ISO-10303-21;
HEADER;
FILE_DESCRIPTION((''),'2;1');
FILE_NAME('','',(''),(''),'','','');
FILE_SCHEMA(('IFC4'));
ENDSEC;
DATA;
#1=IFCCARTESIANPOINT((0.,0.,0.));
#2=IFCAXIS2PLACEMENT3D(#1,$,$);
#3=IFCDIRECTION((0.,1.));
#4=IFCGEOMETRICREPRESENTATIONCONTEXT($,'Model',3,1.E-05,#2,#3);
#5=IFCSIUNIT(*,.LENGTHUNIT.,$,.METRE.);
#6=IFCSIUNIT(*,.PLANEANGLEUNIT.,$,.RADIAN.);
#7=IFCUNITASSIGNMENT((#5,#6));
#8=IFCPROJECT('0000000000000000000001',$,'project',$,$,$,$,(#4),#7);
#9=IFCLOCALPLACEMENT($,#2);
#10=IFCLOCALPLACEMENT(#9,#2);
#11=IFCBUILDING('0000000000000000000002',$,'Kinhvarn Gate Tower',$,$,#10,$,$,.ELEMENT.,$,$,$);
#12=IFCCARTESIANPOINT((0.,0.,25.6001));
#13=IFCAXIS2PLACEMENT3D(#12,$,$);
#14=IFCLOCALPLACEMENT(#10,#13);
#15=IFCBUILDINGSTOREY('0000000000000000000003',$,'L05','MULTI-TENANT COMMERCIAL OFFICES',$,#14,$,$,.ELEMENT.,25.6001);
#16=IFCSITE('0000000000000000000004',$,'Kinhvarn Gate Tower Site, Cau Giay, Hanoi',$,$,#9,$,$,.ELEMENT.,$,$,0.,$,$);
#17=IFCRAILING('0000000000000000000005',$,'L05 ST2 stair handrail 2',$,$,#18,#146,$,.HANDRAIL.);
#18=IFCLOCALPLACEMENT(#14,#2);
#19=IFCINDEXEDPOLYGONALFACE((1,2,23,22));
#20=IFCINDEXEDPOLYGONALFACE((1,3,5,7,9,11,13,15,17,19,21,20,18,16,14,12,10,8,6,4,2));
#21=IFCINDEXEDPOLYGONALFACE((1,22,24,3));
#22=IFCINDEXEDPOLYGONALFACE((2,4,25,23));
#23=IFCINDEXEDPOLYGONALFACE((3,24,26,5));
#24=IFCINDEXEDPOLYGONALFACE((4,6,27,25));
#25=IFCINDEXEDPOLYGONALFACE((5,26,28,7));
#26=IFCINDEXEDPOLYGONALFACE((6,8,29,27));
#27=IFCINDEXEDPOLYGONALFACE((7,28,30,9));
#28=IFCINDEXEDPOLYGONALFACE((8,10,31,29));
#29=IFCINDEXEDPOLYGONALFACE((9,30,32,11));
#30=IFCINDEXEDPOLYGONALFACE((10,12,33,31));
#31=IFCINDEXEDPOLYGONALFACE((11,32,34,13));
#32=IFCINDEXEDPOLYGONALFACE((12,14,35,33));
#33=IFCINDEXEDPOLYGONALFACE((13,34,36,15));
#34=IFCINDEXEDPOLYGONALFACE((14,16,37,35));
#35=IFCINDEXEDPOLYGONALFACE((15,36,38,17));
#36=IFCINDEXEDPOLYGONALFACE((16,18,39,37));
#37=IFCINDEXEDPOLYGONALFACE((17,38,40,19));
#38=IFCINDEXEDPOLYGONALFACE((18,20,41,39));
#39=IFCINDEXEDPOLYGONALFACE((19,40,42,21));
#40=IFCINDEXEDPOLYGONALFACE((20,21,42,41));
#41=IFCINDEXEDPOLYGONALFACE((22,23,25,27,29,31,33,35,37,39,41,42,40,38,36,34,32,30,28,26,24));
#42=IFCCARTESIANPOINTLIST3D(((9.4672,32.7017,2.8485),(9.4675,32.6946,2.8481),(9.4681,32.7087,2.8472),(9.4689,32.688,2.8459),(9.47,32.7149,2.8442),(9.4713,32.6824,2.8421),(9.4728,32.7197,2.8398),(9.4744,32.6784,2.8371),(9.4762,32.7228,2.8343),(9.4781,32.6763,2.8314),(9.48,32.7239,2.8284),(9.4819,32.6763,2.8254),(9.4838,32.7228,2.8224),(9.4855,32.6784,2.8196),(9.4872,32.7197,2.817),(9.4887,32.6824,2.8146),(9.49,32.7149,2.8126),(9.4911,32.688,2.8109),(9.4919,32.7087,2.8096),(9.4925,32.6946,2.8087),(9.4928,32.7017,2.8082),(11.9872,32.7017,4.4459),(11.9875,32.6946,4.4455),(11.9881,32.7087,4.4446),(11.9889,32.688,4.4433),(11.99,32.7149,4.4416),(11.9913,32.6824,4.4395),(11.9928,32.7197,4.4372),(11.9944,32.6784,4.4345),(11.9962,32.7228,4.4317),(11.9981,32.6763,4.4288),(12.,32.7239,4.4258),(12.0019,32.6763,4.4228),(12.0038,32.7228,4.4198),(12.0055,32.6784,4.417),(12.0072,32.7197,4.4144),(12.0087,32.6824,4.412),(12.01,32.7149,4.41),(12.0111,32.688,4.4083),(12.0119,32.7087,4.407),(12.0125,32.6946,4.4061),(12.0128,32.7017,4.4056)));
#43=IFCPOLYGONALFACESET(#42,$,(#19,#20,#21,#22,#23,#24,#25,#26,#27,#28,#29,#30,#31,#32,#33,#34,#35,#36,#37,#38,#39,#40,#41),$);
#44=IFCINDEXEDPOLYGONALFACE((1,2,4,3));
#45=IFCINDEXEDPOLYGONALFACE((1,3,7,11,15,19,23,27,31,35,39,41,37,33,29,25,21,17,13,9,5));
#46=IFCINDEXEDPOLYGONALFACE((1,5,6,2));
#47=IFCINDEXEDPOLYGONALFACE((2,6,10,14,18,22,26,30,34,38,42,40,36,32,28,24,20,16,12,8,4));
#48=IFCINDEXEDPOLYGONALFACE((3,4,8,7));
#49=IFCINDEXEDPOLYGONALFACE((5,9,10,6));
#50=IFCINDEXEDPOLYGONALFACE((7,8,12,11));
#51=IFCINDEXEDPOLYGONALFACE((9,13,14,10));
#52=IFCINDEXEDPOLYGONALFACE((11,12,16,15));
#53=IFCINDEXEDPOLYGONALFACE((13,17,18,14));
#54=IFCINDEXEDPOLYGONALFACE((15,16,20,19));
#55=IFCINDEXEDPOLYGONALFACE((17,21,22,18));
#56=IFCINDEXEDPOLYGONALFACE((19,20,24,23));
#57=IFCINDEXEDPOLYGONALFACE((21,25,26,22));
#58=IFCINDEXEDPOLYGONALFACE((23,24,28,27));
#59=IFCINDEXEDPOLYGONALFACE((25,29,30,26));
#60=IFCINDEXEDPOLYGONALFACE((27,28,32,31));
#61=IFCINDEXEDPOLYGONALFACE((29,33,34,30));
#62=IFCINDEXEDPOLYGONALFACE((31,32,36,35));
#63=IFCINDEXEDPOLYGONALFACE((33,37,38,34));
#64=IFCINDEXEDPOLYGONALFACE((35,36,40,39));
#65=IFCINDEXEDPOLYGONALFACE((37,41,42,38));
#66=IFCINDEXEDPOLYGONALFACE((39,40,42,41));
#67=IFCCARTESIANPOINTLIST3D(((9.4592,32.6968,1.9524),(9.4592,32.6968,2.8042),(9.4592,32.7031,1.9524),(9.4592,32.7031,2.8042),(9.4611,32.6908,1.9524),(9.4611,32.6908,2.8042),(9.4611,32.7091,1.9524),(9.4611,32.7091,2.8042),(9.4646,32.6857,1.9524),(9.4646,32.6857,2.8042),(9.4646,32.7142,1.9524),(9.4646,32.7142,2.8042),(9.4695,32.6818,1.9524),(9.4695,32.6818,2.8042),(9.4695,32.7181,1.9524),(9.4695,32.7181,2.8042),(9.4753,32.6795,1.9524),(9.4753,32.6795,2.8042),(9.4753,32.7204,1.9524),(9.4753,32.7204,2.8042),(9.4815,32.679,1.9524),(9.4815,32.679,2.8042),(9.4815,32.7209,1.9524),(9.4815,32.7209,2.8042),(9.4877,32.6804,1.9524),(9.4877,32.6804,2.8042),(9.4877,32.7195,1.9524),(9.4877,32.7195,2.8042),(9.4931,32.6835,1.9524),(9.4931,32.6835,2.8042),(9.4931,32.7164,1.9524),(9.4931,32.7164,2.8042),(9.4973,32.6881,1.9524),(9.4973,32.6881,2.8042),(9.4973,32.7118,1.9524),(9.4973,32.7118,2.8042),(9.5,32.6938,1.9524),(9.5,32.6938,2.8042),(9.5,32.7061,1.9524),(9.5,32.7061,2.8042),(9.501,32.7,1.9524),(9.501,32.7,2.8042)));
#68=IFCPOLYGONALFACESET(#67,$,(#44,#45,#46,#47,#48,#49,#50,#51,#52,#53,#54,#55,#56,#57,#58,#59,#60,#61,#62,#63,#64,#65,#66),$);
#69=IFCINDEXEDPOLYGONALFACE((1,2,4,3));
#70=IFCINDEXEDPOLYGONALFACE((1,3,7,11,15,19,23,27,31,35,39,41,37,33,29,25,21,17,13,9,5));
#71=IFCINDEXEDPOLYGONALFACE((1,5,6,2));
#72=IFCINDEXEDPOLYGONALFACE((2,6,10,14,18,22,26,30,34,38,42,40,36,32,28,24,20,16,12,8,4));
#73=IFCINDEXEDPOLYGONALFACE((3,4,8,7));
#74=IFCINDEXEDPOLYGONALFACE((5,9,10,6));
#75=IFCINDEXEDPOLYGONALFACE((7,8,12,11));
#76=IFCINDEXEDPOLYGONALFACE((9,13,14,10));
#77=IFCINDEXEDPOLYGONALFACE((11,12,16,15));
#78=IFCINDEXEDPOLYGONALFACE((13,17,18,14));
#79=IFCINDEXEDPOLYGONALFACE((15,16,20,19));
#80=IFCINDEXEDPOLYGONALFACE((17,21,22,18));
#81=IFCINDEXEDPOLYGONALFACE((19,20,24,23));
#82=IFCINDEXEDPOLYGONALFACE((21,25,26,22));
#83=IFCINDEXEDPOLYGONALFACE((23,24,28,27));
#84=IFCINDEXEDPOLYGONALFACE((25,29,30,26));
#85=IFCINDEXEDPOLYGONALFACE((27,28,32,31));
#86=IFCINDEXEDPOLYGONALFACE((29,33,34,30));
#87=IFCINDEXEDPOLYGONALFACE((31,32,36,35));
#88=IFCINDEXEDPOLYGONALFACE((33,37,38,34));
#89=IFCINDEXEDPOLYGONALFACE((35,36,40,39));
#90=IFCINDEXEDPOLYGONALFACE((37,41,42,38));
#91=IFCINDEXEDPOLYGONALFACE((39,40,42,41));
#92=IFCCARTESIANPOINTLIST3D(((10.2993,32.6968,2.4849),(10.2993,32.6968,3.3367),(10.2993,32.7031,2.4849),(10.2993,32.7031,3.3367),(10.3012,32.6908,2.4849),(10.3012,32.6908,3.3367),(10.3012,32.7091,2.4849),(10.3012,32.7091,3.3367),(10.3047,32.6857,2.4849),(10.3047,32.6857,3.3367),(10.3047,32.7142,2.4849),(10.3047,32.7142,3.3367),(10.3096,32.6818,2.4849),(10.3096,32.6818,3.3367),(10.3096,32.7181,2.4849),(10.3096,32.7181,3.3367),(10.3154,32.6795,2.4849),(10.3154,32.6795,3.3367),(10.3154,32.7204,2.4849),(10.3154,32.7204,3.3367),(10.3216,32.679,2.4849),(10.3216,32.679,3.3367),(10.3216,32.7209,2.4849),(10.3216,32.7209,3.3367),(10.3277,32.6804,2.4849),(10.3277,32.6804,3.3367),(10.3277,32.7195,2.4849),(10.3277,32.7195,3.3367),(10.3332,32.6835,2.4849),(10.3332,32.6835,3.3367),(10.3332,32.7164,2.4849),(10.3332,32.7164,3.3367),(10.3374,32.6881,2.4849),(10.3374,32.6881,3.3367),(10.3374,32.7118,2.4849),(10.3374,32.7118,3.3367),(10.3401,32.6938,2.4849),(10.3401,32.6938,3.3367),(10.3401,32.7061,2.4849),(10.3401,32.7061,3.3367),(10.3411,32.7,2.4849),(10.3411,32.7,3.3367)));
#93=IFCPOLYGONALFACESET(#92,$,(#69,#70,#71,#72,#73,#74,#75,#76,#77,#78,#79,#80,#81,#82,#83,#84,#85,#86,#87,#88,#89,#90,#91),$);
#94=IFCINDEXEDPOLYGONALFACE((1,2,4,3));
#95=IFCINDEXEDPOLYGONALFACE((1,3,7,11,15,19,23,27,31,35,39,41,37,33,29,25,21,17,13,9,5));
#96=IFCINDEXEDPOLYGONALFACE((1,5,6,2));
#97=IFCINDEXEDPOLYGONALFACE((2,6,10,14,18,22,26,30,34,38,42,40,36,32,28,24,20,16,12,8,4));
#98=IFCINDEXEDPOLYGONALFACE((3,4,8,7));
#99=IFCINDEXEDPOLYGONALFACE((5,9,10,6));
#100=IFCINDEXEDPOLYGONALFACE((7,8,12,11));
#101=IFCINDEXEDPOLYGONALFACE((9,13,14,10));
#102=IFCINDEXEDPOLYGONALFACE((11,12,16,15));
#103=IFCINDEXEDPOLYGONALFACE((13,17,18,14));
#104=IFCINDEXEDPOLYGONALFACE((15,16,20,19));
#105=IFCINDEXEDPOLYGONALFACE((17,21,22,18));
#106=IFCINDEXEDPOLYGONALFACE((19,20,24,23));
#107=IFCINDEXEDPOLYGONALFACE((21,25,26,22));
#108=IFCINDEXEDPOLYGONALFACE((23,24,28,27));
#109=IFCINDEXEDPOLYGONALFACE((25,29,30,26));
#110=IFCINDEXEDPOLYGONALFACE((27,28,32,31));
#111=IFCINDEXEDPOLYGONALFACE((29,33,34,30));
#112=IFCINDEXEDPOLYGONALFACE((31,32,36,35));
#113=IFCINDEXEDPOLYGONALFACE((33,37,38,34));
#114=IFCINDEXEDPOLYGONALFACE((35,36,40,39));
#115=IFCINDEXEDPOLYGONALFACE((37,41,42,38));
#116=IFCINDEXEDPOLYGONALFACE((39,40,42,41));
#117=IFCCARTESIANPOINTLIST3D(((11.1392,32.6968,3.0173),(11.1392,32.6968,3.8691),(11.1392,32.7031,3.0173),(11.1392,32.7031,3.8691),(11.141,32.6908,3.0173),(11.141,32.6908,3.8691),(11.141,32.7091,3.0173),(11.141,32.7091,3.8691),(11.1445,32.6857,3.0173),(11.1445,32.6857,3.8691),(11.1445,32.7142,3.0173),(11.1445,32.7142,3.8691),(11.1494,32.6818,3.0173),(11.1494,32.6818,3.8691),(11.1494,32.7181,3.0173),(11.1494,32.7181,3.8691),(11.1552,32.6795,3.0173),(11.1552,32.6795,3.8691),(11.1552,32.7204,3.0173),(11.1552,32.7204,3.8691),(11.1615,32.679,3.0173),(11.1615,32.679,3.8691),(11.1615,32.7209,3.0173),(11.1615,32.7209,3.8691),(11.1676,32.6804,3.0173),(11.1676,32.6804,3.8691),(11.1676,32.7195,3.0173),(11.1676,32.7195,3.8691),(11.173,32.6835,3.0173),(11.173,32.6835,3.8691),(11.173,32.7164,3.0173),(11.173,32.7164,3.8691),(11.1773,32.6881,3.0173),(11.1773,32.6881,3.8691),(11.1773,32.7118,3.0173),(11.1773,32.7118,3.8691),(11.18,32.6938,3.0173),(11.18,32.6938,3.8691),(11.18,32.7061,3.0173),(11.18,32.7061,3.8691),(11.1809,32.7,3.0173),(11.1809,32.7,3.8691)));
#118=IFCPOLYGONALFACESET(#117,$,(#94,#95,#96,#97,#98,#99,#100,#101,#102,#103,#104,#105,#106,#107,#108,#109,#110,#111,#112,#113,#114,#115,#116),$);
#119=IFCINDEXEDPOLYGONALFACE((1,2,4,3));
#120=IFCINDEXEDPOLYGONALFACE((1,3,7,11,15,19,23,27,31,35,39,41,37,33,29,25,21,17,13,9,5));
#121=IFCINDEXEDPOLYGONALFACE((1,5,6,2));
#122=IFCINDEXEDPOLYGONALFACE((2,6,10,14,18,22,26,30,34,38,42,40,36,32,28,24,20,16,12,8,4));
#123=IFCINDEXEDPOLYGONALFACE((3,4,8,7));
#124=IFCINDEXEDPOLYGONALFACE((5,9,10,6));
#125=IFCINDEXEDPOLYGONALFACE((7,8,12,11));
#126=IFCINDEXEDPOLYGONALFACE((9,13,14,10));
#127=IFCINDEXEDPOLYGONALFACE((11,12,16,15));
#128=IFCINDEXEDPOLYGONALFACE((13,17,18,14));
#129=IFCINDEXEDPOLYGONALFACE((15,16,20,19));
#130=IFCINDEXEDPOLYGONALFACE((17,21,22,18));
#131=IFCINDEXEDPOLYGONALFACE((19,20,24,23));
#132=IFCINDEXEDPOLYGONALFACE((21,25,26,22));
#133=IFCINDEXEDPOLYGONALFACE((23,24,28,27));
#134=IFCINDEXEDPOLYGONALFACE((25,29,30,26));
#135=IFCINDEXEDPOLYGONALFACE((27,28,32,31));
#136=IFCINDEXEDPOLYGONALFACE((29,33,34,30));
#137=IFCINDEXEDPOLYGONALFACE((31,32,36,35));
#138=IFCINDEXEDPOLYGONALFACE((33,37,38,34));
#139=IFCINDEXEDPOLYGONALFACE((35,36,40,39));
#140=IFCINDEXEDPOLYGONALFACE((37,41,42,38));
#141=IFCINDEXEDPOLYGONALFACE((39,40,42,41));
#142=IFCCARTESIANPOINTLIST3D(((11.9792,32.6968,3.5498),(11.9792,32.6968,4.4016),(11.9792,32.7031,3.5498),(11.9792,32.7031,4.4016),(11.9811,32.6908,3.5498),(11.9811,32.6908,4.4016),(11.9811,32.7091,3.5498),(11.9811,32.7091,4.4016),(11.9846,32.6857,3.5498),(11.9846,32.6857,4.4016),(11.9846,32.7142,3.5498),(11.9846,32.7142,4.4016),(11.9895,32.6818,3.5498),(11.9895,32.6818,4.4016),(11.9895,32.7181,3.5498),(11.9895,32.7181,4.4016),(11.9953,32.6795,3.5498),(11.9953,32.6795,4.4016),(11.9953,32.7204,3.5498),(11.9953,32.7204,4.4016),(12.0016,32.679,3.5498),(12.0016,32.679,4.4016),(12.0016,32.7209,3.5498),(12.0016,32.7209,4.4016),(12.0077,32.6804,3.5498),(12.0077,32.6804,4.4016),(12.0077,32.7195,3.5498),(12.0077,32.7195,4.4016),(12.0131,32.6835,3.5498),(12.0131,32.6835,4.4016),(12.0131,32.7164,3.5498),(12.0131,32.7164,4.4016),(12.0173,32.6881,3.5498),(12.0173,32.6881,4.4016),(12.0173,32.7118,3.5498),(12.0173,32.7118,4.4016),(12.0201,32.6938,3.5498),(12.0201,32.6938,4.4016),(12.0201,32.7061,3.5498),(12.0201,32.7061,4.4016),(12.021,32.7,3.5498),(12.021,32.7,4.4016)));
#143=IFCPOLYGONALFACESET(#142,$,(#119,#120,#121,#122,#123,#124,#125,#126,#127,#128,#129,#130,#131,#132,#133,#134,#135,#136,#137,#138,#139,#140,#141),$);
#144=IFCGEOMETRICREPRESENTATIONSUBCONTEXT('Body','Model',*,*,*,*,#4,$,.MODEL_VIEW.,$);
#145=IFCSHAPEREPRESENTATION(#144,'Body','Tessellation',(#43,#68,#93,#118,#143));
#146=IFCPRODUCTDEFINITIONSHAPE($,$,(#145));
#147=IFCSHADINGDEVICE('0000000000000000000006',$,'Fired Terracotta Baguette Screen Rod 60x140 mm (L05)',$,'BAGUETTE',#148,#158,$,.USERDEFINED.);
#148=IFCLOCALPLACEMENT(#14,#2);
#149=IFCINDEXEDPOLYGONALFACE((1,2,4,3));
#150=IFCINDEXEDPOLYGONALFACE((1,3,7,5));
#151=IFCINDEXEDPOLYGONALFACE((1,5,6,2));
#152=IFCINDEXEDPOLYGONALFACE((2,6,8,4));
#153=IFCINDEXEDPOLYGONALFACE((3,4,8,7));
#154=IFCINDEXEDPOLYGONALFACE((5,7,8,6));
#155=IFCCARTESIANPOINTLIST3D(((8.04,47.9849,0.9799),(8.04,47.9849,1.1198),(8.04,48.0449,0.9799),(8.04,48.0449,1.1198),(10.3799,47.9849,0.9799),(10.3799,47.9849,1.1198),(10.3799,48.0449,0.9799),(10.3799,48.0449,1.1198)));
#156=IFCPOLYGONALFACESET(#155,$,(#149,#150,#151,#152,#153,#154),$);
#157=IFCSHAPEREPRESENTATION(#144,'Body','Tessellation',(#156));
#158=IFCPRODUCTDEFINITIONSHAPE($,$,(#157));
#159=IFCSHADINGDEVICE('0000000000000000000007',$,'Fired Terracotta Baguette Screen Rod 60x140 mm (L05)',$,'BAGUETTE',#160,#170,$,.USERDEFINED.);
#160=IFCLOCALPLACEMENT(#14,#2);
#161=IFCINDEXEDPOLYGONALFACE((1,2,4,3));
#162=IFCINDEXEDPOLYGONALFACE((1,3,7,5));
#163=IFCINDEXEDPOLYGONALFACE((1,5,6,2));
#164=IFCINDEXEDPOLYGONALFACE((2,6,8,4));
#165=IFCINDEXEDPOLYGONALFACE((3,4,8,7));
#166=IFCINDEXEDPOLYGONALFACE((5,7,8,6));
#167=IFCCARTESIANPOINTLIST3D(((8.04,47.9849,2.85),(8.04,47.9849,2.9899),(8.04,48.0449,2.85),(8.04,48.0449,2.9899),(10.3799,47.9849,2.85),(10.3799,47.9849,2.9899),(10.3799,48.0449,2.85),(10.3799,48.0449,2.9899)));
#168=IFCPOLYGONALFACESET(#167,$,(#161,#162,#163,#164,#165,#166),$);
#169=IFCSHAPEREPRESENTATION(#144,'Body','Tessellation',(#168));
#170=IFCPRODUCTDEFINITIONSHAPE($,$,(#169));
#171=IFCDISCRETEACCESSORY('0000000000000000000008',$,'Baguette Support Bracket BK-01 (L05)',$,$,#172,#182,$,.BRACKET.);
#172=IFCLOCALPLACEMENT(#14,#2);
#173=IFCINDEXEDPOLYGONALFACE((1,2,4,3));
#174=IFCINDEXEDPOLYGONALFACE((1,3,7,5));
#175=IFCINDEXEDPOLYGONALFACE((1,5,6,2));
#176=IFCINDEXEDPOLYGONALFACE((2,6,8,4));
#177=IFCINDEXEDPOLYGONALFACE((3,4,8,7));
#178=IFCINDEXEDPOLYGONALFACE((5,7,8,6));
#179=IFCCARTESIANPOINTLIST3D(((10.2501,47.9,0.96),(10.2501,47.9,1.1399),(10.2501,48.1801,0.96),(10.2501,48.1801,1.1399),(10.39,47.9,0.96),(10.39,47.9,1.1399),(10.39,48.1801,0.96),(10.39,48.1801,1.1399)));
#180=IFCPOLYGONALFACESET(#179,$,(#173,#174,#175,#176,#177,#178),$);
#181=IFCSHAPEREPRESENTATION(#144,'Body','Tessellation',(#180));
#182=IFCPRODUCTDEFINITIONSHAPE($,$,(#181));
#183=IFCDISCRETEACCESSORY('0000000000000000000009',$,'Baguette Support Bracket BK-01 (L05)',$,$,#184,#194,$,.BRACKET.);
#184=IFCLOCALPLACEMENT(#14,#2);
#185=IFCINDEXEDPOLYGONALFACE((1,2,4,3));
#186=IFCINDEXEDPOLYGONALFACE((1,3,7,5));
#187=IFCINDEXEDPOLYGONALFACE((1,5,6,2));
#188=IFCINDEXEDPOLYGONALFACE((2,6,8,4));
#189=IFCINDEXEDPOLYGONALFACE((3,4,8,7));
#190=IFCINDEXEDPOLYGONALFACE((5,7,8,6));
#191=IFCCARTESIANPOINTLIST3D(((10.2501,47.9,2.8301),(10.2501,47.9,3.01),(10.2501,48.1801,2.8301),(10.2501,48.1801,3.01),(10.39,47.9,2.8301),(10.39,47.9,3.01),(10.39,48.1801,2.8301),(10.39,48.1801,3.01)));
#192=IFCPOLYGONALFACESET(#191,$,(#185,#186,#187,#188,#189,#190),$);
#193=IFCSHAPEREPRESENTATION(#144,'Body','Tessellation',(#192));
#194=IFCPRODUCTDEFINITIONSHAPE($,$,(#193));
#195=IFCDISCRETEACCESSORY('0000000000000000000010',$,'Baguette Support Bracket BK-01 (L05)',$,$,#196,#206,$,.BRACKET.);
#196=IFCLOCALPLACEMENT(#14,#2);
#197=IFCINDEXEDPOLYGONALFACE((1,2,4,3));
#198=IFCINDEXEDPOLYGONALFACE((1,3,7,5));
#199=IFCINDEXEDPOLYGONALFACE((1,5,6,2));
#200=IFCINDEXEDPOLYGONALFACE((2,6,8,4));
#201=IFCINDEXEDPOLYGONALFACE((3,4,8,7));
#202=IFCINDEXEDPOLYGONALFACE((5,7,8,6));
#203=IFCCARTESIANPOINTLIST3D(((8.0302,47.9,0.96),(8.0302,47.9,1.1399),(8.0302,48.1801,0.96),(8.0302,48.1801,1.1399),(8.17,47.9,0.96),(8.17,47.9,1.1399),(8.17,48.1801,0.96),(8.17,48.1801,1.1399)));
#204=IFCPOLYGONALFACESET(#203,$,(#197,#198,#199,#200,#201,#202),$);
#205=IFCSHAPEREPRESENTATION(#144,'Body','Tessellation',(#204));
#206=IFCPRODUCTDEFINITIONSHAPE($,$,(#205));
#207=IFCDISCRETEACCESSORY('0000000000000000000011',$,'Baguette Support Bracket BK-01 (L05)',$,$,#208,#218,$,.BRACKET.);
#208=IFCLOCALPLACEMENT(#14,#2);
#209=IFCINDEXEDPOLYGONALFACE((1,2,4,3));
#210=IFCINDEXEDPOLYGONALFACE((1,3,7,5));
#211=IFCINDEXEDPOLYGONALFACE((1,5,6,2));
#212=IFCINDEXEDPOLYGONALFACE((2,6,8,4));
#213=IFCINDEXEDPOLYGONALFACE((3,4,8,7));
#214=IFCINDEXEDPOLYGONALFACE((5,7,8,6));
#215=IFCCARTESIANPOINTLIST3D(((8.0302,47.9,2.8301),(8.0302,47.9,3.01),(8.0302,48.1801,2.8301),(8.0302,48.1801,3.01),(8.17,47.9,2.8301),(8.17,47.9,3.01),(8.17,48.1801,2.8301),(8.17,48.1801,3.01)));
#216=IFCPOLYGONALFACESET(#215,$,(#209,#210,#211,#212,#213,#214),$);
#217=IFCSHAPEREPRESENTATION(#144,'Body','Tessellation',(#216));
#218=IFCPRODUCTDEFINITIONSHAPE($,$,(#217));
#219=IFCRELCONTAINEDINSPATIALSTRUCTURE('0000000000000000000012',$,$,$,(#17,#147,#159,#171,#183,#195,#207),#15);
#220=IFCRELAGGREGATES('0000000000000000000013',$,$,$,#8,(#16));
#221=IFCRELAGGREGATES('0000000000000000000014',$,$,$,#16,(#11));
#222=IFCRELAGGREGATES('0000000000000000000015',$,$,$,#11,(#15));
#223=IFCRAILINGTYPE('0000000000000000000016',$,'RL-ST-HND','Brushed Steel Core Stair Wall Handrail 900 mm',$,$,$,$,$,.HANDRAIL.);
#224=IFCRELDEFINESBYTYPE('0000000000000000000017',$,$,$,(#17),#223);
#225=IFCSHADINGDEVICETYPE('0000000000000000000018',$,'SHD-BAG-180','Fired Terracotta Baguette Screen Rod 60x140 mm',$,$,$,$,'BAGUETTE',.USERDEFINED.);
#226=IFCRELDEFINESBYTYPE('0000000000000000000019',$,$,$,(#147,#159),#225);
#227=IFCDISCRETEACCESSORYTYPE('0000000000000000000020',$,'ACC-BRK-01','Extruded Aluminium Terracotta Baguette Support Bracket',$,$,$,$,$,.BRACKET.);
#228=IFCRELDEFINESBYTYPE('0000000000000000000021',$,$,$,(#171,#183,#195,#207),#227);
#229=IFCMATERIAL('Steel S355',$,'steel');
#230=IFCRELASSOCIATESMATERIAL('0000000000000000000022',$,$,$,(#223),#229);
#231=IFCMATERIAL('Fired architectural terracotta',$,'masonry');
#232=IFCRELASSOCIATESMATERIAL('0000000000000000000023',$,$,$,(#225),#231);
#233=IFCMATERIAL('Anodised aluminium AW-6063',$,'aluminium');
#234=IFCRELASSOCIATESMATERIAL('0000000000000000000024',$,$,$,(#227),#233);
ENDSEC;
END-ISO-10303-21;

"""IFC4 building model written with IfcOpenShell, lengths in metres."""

from ifc_helpers import new_model, si_unit, direction, frame, origin, origin_2d, place, context, subcontext, project, spatial, rectangle, circle, extrude, material, material_profile, profile_set, type_object, element, save


model = new_model("IFC4")

# Units and contexts
model_context = context("Model", 3, precision=1e-05, world=origin(), true_north=direction((0.0, 1.0)))
body_context = subcontext(model_context, "Body", "Model", "MODEL_VIEW")
ifc_project = project(units=[si_unit("LENGTHUNIT", "METRE"), si_unit("PLANEANGLEUNIT", "RADIAN")], contexts=[model_context])

# Site, building, storey
site_placement = place(None, origin())
site = spatial("IfcSite", under=ifc_project, at=site_placement, Name="Kinhvarn Gate Tower Site, Cau Giay, Hanoi", CompositionType="ELEMENT", RefElevation=0.0)
building_placement = place(site_placement, origin())
building = spatial("IfcBuilding", under=site, at=building_placement, Name="Kinhvarn Gate Tower", CompositionType="ELEMENT")
storey_placement = place(building_placement, frame((0.0, 0.0, 25.6001)))
storey = spatial("IfcBuildingStorey", under=building, at=storey_placement, Name="L05", Description="MULTI-TENANT COMMERCIAL OFFICES", CompositionType="ELEMENT", Elevation=25.6001)

# Shared definitions
ifc_material_1 = material(Name="Anodised aluminium AW-6063", Category="aluminium")

# Shared definitions
ifc_material_2 = material(Name="Steel S355", Category="steel")

# Shared definitions
ifc_material_3 = material(Name="Fired architectural terracotta", Category="masonry")

# Railing
railing_type_1 = type_object("IfcRailingType", Name="RL-ST-HND", Description="Brushed Steel Core Stair Wall Handrail 900 mm", PredefinedType="HANDRAIL", material=ifc_material_2)
railing_1_placement = place(storey_placement, frame((9.48, 32.7, 1.9524)))
element("IfcRailing", 1, at=railing_1_placement, inside=storey, type_object=railing_type_1, Name="L05 ST2 stair handrail 2", PredefinedType="HANDRAIL", context=body_context, shape_type="SweptSolid", body=[
    extrude(circle(Radius=0.0239, at=origin_2d()), frame((0.0, 0.0, 0.876), z_axis=(0.844607, 0.0, 0.535387), x_axis=(0.0, 1.0, 0.0)), (0.0, 0.0, 1.0), 2.9836),
    extrude(circle(Radius=0.021, at=origin_2d()), origin(), (0.0, 0.0, 1.0), 0.8518),
    extrude(circle(Radius=0.021, at=origin_2d()), frame((0.8401, 0.0, 0.5325)), (0.0, 0.0, 1.0), 0.8518),
    extrude(circle(Radius=0.021, at=origin_2d()), frame((1.6799, 0.0, 1.0649)), (0.0, 0.0, 1.0), 0.8518),
    extrude(circle(Radius=0.021, at=origin_2d()), frame((2.52, 0.0, 1.5974)), (0.0, 0.0, 1.0), 0.8518),
])

# Shading devices
ifc_material_profile_1 = material_profile(ifc_material_3, rectangle(XDim=0.0601, YDim=0.1399, at=origin_2d()), Name="TC 60x140")
ifc_profile_set_1 = profile_set([ifc_material_profile_1], Name="Fired architectural terracotta")
shading_device_type = type_object("IfcShadingDeviceType", Name="SHD-BAG-180", Description="Fired Terracotta Baguette Screen Rod 60x140 mm", ElementType="BAGUETTE", PredefinedType="USERDEFINED", material=ifc_profile_set_1)
for number, where, z_axis, x_axis, name in (
    (2, (10.3799, 48.0149, 1.0498), (-1.0, 0.0, 0.0), (0.0, -1.0, 0.0), "Fired Terracotta Baguette Screen Rod 60x140 mm (L05)"),
    (3, (10.3799, 48.0149, 2.9199), (-1.0, 0.0, 0.0), (0.0, -1.0, 0.0), "Fired Terracotta Baguette Screen Rod 60x140 mm (L05)"),
):
    element("IfcShadingDevice", number, at=place(storey_placement, frame(where, z_axis=z_axis, x_axis=x_axis)), inside=storey, type_object=shading_device_type, Name=name, ObjectType="BAGUETTE", PredefinedType="USERDEFINED", context=body_context, shape_type="SweptSolid", body=[
        extrude(rectangle(XDim=0.0601, YDim=0.1399, at=origin_2d()), origin(), (0.0, 0.0, 1.0), 2.3398),
    ])

# Discrete accessories
discrete_accessory_type = type_object("IfcDiscreteAccessoryType", Name="ACC-BRK-01", Description="Extruded Aluminium Terracotta Baguette Support Bracket", PredefinedType="BRACKET", material=ifc_material_1)
for number, where, z_axis, x_axis, name in (
    (4, (10.3201, 48.04, 0.96), (0.0, 0.0, 1.0), (-1.0, 0.0, 0.0), "Baguette Support Bracket BK-01 (L05)"),
    (5, (10.3201, 48.04, 2.8301), (0.0, 0.0, 1.0), (-1.0, 0.0, 0.0), "Baguette Support Bracket BK-01 (L05)"),
    (6, (8.1001, 48.04, 0.96), (0.0, 0.0, 1.0), (-1.0, 0.0, 0.0), "Baguette Support Bracket BK-01 (L05)"),
    (7, (8.1001, 48.04, 2.8301), (0.0, 0.0, 1.0), (-1.0, 0.0, 0.0), "Baguette Support Bracket BK-01 (L05)"),
):
    element("IfcDiscreteAccessory", number, at=place(storey_placement, frame(where, z_axis=z_axis, x_axis=x_axis)), inside=storey, type_object=discrete_accessory_type, Name=name, PredefinedType="BRACKET", context=body_context, shape_type="SweptSolid", body=[
        extrude(rectangle(XDim=0.1399, YDim=0.28, at=origin_2d()), origin(), (0.0, 0.0, 1.0), 0.1799),
    ])

save(model, "model.ifc")
